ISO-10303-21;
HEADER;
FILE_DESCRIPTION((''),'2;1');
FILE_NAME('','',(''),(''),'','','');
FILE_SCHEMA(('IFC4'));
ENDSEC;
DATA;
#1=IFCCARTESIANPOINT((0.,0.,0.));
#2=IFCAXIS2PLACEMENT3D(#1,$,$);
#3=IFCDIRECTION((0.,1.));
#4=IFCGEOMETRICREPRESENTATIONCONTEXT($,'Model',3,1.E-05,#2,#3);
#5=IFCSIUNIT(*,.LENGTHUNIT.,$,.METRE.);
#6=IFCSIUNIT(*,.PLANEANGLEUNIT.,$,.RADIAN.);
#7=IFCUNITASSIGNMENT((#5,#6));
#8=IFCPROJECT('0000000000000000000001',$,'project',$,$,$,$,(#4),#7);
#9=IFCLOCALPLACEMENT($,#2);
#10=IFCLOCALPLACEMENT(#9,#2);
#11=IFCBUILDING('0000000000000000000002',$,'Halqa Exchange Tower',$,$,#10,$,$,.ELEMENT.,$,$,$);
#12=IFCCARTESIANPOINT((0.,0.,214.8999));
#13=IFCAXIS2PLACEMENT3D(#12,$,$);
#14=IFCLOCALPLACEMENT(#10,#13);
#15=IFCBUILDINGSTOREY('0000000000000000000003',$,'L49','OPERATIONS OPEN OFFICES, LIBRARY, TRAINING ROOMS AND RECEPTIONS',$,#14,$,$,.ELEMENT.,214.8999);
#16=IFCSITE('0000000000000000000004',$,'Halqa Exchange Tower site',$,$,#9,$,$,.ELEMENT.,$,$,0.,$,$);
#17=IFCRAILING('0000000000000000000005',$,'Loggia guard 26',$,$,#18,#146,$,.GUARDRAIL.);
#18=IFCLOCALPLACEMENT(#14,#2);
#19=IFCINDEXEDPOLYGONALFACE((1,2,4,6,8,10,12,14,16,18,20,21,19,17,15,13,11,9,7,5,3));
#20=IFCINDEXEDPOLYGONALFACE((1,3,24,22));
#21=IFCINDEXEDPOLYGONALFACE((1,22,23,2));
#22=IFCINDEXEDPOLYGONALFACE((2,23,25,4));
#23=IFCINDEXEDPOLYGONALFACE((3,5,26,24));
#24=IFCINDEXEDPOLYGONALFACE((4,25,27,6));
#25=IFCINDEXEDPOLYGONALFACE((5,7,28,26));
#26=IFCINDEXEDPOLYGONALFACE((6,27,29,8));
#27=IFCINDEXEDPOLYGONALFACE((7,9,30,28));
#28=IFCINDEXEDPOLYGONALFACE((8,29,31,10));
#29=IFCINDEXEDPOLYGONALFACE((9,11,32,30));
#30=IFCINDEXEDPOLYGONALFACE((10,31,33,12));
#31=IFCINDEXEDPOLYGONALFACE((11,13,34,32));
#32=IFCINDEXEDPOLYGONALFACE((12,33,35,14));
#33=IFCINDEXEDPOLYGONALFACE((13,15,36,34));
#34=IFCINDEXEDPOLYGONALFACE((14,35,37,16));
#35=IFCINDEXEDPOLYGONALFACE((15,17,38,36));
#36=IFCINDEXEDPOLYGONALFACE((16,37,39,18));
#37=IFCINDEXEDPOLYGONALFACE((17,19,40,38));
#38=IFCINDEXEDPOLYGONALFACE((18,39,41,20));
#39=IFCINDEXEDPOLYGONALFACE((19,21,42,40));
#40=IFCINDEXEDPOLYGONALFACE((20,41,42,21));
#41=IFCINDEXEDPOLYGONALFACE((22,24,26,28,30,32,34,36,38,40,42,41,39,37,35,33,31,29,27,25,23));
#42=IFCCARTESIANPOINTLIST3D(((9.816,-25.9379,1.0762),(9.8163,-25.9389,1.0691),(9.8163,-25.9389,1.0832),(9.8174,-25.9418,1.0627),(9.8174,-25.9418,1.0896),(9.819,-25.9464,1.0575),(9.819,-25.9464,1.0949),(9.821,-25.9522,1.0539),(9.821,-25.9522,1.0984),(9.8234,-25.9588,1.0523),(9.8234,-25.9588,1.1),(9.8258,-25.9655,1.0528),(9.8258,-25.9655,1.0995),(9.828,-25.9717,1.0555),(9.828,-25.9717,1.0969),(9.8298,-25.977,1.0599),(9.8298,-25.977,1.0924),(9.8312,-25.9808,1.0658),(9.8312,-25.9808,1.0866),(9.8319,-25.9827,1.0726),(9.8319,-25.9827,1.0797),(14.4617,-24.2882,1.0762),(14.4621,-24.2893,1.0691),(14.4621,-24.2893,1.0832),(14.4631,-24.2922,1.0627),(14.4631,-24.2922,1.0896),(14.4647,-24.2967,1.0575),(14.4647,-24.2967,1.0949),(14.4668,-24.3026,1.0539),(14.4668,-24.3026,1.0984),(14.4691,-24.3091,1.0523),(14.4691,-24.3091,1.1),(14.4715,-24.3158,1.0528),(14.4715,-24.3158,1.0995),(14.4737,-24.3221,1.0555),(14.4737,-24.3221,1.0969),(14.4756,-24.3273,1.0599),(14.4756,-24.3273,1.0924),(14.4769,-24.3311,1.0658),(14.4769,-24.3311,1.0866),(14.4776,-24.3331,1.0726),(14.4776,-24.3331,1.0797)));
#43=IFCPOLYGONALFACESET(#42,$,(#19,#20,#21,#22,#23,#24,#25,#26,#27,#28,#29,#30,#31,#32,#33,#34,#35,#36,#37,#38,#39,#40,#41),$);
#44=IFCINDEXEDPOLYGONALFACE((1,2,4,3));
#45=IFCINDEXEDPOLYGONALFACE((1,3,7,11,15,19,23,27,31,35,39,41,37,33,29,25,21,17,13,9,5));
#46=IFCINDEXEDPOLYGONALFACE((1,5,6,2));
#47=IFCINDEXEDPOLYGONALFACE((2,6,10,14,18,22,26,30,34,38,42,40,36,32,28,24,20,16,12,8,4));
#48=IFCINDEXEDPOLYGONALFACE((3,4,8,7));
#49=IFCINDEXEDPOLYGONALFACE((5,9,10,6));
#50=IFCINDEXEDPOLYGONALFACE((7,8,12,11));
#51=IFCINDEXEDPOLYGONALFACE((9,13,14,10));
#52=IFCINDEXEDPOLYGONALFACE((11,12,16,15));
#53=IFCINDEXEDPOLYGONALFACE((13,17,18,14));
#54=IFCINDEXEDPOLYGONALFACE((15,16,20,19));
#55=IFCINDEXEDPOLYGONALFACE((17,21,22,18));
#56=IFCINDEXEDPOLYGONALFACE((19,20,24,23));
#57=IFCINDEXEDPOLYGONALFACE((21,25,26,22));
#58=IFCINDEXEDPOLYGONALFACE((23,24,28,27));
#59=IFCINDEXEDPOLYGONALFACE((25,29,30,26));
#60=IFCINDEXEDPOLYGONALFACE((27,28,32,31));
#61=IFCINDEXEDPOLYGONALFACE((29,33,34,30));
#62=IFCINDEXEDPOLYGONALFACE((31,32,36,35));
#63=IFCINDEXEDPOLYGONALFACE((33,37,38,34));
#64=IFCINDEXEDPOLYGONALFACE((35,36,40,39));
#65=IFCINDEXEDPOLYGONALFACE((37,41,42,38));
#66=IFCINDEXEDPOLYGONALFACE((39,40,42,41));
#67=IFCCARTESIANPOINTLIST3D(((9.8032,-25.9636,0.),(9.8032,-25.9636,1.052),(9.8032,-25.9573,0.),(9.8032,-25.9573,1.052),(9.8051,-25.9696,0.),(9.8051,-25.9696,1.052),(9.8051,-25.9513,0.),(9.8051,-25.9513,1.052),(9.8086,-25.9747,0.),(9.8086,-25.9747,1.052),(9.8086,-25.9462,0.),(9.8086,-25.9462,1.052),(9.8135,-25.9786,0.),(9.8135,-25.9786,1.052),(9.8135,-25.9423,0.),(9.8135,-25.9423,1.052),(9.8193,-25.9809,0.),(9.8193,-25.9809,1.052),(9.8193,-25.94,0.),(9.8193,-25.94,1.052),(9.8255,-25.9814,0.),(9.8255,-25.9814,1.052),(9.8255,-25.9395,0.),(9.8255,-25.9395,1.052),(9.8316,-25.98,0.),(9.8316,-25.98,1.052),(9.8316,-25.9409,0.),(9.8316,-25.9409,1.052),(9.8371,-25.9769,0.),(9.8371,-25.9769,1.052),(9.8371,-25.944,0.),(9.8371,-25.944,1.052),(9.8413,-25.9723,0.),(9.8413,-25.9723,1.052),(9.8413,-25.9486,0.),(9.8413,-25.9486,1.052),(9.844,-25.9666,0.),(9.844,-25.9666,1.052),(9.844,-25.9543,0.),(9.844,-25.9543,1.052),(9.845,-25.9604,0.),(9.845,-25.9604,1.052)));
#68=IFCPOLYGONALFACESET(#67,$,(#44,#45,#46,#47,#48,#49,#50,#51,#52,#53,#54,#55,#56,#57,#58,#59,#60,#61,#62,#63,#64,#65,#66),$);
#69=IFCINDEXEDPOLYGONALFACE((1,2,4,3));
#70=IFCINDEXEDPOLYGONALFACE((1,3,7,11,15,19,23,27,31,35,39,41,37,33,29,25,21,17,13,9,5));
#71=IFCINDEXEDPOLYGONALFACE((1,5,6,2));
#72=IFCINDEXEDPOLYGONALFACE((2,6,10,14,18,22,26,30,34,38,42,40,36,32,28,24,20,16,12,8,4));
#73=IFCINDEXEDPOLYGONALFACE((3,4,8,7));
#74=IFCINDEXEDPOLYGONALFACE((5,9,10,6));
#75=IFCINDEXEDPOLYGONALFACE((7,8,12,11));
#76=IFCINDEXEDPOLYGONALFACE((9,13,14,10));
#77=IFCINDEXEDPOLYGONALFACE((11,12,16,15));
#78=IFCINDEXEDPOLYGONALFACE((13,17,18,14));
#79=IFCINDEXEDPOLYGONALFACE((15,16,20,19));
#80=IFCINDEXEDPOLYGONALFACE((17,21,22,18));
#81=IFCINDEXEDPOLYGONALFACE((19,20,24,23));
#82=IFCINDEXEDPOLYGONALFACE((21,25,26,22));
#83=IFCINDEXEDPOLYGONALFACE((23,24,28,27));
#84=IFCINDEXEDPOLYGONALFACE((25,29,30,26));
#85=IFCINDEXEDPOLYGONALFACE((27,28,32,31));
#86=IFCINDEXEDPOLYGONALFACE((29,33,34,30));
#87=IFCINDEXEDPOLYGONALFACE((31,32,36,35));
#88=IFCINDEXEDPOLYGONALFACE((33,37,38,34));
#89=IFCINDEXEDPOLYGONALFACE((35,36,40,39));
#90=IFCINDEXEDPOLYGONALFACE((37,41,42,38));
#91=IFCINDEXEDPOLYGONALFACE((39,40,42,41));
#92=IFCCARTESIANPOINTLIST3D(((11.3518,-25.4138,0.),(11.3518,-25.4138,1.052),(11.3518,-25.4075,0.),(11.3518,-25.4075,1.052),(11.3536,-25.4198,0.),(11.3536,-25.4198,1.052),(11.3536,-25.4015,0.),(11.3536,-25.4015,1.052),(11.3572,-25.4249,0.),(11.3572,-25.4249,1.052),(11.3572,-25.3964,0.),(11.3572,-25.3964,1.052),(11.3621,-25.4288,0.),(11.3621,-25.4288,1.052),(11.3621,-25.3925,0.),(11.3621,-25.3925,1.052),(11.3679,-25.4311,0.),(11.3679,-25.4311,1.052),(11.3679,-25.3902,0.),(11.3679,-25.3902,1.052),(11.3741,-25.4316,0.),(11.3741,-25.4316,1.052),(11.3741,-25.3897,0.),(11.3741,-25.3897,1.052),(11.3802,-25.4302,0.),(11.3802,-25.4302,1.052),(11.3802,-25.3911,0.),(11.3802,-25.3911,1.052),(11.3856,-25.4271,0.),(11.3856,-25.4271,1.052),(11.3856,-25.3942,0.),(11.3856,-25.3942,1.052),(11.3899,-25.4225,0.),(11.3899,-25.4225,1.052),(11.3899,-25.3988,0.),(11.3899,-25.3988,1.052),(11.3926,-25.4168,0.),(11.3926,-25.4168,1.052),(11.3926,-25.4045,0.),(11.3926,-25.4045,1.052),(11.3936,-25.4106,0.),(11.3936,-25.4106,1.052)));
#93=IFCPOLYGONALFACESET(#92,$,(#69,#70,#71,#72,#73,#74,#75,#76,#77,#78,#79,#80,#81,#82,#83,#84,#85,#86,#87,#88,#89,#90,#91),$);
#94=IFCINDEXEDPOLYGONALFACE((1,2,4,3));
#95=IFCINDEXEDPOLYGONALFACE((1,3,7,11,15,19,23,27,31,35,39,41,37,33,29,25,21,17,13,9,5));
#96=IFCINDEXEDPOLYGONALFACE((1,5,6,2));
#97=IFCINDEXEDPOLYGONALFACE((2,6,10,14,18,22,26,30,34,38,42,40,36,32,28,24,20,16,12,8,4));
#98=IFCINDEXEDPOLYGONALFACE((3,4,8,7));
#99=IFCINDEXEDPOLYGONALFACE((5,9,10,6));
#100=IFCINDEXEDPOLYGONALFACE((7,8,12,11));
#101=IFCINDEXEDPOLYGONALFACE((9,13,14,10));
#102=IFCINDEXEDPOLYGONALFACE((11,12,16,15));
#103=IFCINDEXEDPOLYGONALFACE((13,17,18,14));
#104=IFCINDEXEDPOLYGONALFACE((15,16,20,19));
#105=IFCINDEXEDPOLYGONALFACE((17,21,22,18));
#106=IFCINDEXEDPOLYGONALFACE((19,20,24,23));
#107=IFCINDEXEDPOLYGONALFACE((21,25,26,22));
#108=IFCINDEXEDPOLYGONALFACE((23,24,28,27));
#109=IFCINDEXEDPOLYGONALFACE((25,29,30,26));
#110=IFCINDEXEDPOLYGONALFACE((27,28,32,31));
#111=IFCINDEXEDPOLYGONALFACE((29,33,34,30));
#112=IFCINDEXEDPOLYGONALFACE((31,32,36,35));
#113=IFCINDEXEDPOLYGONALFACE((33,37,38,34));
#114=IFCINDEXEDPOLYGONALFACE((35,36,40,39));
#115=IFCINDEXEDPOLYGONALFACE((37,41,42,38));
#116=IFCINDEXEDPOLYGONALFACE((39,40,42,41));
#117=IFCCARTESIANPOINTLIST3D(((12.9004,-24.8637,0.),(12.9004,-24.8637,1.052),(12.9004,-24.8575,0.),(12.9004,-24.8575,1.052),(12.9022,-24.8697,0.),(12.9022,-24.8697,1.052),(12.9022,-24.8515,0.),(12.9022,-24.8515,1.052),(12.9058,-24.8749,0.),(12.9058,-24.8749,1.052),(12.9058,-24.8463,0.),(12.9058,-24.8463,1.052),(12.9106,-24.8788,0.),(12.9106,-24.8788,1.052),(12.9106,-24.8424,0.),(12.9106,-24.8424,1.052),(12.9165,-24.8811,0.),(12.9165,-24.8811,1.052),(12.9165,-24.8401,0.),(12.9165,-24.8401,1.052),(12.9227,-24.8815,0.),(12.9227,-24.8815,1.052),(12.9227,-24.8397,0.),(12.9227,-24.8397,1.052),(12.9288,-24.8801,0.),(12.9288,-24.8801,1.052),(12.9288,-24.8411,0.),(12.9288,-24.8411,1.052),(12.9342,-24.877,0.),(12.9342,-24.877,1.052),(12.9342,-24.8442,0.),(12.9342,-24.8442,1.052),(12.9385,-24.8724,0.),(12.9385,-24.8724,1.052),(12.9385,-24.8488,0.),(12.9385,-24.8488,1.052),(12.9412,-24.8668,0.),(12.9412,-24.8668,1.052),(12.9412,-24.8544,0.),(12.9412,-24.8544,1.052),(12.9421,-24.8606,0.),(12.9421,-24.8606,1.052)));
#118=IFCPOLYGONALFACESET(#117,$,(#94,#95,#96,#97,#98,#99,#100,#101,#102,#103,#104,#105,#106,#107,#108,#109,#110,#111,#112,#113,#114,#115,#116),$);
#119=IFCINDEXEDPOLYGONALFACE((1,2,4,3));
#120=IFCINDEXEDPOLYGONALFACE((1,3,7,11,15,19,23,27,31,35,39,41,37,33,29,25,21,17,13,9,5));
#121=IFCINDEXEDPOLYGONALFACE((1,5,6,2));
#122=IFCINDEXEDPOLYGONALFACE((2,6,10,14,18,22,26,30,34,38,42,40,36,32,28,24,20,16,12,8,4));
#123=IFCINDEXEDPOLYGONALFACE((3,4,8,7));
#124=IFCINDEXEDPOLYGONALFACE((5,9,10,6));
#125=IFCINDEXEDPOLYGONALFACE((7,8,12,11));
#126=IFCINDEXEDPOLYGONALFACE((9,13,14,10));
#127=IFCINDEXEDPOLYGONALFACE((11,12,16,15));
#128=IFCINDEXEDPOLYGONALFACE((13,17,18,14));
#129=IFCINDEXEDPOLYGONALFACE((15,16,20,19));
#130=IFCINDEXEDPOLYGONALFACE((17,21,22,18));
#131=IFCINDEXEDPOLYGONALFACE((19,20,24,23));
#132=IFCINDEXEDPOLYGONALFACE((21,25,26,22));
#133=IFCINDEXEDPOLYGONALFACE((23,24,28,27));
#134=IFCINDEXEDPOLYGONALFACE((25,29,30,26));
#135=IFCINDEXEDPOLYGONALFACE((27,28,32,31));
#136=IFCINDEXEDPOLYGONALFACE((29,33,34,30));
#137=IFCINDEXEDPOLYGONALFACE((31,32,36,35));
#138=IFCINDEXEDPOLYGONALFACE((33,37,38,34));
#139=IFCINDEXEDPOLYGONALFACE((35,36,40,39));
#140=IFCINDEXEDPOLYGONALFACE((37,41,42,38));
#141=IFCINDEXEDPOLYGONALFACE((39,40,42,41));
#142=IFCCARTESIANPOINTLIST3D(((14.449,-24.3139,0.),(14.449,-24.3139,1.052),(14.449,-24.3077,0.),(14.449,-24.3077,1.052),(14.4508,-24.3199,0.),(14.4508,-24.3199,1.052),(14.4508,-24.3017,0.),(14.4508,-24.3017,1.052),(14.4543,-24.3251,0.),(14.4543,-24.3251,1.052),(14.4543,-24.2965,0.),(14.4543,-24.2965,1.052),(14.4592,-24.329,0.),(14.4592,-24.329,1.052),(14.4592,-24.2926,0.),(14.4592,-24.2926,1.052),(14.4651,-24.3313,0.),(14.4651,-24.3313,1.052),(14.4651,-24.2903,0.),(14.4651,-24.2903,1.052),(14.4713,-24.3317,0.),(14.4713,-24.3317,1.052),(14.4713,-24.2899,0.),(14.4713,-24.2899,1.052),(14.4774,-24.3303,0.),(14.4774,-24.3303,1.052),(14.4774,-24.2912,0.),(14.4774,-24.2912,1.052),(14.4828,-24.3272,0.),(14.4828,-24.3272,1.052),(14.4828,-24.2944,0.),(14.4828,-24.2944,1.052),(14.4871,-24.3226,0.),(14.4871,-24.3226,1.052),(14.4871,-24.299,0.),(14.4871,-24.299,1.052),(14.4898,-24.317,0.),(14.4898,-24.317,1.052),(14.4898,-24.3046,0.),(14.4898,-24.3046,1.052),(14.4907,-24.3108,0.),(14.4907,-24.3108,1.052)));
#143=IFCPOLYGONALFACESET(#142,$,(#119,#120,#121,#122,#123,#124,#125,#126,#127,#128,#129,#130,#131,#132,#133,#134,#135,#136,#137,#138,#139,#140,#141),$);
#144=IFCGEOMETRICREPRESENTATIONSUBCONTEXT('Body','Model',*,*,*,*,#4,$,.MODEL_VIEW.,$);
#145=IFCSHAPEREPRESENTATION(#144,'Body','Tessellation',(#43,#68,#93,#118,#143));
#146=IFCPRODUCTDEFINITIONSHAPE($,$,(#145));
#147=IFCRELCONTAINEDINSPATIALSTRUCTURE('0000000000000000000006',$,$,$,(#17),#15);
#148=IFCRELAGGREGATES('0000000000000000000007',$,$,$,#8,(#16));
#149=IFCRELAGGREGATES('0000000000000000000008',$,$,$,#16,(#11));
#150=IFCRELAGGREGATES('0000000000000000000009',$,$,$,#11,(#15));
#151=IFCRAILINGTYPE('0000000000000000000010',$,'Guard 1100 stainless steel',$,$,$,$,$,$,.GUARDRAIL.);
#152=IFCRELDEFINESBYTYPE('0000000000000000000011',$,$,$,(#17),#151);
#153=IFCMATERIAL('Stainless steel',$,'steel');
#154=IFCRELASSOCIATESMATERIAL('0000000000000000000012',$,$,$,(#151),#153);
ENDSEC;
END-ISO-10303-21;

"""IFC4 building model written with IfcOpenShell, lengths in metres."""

from ifc_helpers import new_model, si_unit, direction, frame, origin, origin_2d, place, context, subcontext, project, spatial, circle, extrude, material, type_object, element, save


model = new_model("IFC4")

# Units and contexts
model_context = context("Model", 3, precision=1e-05, world=origin(), true_north=direction((0.0, 1.0)))
body_context = subcontext(model_context, "Body", "Model", "MODEL_VIEW")
ifc_project = project(units=[si_unit("LENGTHUNIT", "METRE"), si_unit("PLANEANGLEUNIT", "RADIAN")], contexts=[model_context])

# Site, building, storey
site_placement = place(None, origin())
site = spatial("IfcSite", under=ifc_project, at=site_placement, Name="Halqa Exchange Tower site", CompositionType="ELEMENT", RefElevation=0.0)
building_placement = place(site_placement, origin())
building = spatial("IfcBuilding", under=site, at=building_placement, Name="Halqa Exchange Tower", CompositionType="ELEMENT")
storey_placement = place(building_placement, frame((0.0, 0.0, 214.8999)))
storey = spatial("IfcBuildingStorey", under=building, at=storey_placement, Name="L49", Description="OPERATIONS OPEN OFFICES, LIBRARY, TRAINING ROOMS AND RECEPTIONS", CompositionType="ELEMENT", Elevation=214.8999)

# Railing
ifc_material_1 = material(Name="Stainless steel", Category="steel")
railing_type = type_object("IfcRailingType", Name="Guard 1100 stainless steel", PredefinedType="GUARDRAIL", material=ifc_material_1)
railing_1_placement = place(storey_placement, frame((9.824, -25.9604, 0.0)))
element("IfcRailing", 1, at=railing_1_placement, inside=storey, type_object=railing_type, Name="Loggia guard 26", PredefinedType="GUARDRAIL", context=body_context, shape_type="SweptSolid", body=[
    extrude(circle(Radius=0.0239, at=origin_2d()), frame((0.0, 0.0, 1.0762), z_axis=(0.942353, 0.33462, 0.0), x_axis=(-0.33462, 0.942353, 0.0)), (0.0, 0.0, 1.0), 4.9299),
    extrude(circle(Radius=0.021, at=origin_2d()), origin(), (0.0, 0.0, 1.0), 1.052),
    extrude(circle(Radius=0.021, at=origin_2d()), frame((1.5486, 0.5498, 0.0)), (0.0, 0.0, 1.0), 1.052),
    extrude(circle(Radius=0.021, at=origin_2d()), frame((3.0972, 1.0999, 0.0)), (0.0, 0.0, 1.0), 1.052),
    extrude(circle(Radius=0.021, at=origin_2d()), frame((4.6458, 1.6497, 0.0)), (0.0, 0.0, 1.0), 1.052),
])

save(model, "model.ifc")
